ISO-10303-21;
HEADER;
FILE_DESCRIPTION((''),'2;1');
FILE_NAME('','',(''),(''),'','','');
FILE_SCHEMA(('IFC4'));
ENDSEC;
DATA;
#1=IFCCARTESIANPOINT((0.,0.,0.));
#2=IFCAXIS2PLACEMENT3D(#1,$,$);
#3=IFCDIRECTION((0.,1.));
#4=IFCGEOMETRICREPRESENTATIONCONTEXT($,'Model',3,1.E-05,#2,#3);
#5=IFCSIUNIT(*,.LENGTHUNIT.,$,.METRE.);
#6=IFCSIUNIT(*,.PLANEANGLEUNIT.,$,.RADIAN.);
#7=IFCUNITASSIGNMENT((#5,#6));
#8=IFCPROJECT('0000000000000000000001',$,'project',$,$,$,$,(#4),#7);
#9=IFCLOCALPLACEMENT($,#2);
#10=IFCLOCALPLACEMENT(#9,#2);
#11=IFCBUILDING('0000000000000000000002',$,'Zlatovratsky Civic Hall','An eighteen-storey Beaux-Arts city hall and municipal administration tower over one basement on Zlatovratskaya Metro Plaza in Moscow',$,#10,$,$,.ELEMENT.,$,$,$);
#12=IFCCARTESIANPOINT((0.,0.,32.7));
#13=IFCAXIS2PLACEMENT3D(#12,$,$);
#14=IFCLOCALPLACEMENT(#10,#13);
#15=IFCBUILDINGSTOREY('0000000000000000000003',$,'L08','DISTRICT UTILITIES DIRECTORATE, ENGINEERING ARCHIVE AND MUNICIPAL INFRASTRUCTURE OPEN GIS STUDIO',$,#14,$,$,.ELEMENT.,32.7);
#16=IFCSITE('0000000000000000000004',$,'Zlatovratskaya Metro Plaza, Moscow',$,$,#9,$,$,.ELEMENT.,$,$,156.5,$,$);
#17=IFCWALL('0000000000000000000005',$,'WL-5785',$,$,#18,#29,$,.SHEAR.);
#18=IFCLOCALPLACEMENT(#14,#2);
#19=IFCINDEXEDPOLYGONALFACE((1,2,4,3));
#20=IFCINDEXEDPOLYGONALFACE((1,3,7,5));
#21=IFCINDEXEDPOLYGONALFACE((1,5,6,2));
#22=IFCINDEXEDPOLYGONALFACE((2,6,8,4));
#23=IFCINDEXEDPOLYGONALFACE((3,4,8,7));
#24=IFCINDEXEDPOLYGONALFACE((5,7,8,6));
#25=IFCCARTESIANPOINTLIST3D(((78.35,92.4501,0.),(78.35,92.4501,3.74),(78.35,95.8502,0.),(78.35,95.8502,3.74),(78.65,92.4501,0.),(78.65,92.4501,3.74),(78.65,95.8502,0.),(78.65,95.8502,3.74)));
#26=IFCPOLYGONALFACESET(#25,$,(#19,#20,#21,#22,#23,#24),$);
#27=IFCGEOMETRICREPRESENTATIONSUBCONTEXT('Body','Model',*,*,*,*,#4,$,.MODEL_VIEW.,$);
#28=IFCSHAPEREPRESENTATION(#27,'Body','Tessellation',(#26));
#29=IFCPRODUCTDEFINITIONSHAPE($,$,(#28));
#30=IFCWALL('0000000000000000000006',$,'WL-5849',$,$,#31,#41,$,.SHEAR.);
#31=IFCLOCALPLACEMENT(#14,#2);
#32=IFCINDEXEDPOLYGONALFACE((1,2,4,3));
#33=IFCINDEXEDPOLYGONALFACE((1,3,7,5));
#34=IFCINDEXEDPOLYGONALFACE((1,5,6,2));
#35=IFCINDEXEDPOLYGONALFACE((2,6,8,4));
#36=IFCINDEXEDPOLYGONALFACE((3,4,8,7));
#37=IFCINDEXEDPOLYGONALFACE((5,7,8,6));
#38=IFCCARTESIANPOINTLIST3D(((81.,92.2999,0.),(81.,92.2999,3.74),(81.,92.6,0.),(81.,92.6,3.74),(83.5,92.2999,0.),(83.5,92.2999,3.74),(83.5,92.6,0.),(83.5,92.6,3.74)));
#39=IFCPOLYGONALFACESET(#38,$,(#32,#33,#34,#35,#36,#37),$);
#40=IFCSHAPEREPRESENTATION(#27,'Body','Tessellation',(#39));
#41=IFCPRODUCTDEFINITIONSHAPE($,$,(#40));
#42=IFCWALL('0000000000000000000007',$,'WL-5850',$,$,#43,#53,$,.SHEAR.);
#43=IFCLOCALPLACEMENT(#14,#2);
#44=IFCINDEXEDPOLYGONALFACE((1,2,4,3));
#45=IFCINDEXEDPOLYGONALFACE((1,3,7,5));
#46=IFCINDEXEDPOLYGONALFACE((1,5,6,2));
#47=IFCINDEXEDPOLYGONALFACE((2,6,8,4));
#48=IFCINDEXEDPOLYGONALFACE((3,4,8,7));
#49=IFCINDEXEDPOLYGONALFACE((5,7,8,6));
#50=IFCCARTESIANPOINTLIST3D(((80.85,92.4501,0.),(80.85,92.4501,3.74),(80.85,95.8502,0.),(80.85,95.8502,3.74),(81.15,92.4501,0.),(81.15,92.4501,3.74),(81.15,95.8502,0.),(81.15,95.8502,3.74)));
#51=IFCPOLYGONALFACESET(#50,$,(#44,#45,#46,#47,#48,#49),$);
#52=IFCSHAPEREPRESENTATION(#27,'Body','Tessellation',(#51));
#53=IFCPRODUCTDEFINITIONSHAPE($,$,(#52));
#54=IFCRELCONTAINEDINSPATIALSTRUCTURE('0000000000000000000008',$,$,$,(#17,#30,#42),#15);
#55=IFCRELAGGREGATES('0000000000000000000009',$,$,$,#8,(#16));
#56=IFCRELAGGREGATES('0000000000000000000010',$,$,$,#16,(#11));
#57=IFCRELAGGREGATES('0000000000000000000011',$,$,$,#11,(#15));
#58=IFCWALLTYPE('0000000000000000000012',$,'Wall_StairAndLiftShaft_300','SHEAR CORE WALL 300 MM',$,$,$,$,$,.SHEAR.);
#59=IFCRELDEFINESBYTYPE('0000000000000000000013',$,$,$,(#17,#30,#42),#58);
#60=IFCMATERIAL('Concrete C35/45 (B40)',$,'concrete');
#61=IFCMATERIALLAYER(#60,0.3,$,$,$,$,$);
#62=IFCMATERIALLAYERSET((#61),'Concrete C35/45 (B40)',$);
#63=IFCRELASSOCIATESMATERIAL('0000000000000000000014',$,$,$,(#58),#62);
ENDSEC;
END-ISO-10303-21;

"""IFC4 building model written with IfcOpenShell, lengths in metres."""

from ifc_helpers import new_model, si_unit, direction, frame, frame_2d, origin, place, context, subcontext, project, spatial, rectangle, extrude, material, layer, layer_set, type_object, element, save


model = new_model("IFC4")

# Units and contexts
model_context = context("Model", 3, precision=1e-05, world=origin(), true_north=direction((0.0, 1.0)))
body_context = subcontext(model_context, "Body", "Model", "MODEL_VIEW")
ifc_project = project(units=[si_unit("LENGTHUNIT", "METRE"), si_unit("PLANEANGLEUNIT", "RADIAN")], contexts=[model_context])

# Site, building, storey
site_placement = place(None, origin())
site = spatial("IfcSite", under=ifc_project, at=site_placement, Name="Zlatovratskaya Metro Plaza, Moscow", CompositionType="ELEMENT", RefElevation=156.5)
building_placement = place(site_placement, origin())
building = spatial("IfcBuilding", under=site, at=building_placement, Name="Zlatovratsky Civic Hall", Description="An eighteen-storey Beaux-Arts city hall and municipal administration tower over one basement on Zlatovratskaya Metro Plaza in Moscow", CompositionType="ELEMENT")
storey_placement = place(building_placement, frame((0.0, 0.0, 32.7)))
storey = spatial("IfcBuildingStorey", under=building, at=storey_placement, Name="L08", Description="DISTRICT UTILITIES DIRECTORATE, ENGINEERING ARCHIVE AND MUNICIPAL INFRASTRUCTURE OPEN GIS STUDIO", CompositionType="ELEMENT", Elevation=32.7)

# Shared definitions
ifc_material_1 = material(Name="Concrete C35/45 (B40)", Category="concrete")

# Shared definitions
ifc_layer = layer(ifc_material_1, 0.3)
ifc_layer_set = layer_set([ifc_layer], Name="Concrete C35/45 (B40)")
wall_type = type_object("IfcWallType", Name="Wall_StairAndLiftShaft_300", Description="SHEAR CORE WALL 300 MM", PredefinedType="SHEAR", material=ifc_layer_set)

# Wall
wall_1_placement = place(storey_placement, frame((78.5, 92.45, 0.0), z_axis=(0.0, 0.0, 1.0), x_axis=(0.0, 1.0, 0.0)))
element("IfcWall", 1, at=wall_1_placement, inside=storey, type_object=wall_type, Name="WL-5785", PredefinedType="SHEAR", context=body_context, shape_type="SweptSolid", body=[
    extrude(rectangle(XDim=3.4001, YDim=0.3, at=frame_2d((1.7002, 0.0))), origin(), (0.0, 0.0, 1.0), 3.74),
])

# Walls
wall_2_placement = place(storey_placement, frame((81.0, 92.45, 0.0), z_axis=(0.0, 0.0, 1.0), x_axis=(1.0, 0.0, 0.0)))
element("IfcWall", 2, at=wall_2_placement, inside=storey, type_object=wall_type, Name="WL-5849", PredefinedType="SHEAR", context=body_context, shape_type="SweptSolid", body=[
    extrude(rectangle(XDim=2.5, YDim=0.3, at=frame_2d((1.25, 0.0))), origin(), (0.0, 0.0, 1.0), 3.74),
])
wall_3_placement = place(storey_placement, frame((81.0, 92.45, 0.0), z_axis=(0.0, 0.0, 1.0), x_axis=(0.0, 1.0, 0.0)))
element("IfcWall", 3, at=wall_3_placement, inside=storey, type_object=wall_type, Name="WL-5850", PredefinedType="SHEAR", context=body_context, shape_type="SweptSolid", body=[
    extrude(rectangle(XDim=3.4001, YDim=0.3, at=frame_2d((1.7002, 0.0))), origin(), (0.0, 0.0, 1.0), 3.74),
])

save(model, "model.ifc")
